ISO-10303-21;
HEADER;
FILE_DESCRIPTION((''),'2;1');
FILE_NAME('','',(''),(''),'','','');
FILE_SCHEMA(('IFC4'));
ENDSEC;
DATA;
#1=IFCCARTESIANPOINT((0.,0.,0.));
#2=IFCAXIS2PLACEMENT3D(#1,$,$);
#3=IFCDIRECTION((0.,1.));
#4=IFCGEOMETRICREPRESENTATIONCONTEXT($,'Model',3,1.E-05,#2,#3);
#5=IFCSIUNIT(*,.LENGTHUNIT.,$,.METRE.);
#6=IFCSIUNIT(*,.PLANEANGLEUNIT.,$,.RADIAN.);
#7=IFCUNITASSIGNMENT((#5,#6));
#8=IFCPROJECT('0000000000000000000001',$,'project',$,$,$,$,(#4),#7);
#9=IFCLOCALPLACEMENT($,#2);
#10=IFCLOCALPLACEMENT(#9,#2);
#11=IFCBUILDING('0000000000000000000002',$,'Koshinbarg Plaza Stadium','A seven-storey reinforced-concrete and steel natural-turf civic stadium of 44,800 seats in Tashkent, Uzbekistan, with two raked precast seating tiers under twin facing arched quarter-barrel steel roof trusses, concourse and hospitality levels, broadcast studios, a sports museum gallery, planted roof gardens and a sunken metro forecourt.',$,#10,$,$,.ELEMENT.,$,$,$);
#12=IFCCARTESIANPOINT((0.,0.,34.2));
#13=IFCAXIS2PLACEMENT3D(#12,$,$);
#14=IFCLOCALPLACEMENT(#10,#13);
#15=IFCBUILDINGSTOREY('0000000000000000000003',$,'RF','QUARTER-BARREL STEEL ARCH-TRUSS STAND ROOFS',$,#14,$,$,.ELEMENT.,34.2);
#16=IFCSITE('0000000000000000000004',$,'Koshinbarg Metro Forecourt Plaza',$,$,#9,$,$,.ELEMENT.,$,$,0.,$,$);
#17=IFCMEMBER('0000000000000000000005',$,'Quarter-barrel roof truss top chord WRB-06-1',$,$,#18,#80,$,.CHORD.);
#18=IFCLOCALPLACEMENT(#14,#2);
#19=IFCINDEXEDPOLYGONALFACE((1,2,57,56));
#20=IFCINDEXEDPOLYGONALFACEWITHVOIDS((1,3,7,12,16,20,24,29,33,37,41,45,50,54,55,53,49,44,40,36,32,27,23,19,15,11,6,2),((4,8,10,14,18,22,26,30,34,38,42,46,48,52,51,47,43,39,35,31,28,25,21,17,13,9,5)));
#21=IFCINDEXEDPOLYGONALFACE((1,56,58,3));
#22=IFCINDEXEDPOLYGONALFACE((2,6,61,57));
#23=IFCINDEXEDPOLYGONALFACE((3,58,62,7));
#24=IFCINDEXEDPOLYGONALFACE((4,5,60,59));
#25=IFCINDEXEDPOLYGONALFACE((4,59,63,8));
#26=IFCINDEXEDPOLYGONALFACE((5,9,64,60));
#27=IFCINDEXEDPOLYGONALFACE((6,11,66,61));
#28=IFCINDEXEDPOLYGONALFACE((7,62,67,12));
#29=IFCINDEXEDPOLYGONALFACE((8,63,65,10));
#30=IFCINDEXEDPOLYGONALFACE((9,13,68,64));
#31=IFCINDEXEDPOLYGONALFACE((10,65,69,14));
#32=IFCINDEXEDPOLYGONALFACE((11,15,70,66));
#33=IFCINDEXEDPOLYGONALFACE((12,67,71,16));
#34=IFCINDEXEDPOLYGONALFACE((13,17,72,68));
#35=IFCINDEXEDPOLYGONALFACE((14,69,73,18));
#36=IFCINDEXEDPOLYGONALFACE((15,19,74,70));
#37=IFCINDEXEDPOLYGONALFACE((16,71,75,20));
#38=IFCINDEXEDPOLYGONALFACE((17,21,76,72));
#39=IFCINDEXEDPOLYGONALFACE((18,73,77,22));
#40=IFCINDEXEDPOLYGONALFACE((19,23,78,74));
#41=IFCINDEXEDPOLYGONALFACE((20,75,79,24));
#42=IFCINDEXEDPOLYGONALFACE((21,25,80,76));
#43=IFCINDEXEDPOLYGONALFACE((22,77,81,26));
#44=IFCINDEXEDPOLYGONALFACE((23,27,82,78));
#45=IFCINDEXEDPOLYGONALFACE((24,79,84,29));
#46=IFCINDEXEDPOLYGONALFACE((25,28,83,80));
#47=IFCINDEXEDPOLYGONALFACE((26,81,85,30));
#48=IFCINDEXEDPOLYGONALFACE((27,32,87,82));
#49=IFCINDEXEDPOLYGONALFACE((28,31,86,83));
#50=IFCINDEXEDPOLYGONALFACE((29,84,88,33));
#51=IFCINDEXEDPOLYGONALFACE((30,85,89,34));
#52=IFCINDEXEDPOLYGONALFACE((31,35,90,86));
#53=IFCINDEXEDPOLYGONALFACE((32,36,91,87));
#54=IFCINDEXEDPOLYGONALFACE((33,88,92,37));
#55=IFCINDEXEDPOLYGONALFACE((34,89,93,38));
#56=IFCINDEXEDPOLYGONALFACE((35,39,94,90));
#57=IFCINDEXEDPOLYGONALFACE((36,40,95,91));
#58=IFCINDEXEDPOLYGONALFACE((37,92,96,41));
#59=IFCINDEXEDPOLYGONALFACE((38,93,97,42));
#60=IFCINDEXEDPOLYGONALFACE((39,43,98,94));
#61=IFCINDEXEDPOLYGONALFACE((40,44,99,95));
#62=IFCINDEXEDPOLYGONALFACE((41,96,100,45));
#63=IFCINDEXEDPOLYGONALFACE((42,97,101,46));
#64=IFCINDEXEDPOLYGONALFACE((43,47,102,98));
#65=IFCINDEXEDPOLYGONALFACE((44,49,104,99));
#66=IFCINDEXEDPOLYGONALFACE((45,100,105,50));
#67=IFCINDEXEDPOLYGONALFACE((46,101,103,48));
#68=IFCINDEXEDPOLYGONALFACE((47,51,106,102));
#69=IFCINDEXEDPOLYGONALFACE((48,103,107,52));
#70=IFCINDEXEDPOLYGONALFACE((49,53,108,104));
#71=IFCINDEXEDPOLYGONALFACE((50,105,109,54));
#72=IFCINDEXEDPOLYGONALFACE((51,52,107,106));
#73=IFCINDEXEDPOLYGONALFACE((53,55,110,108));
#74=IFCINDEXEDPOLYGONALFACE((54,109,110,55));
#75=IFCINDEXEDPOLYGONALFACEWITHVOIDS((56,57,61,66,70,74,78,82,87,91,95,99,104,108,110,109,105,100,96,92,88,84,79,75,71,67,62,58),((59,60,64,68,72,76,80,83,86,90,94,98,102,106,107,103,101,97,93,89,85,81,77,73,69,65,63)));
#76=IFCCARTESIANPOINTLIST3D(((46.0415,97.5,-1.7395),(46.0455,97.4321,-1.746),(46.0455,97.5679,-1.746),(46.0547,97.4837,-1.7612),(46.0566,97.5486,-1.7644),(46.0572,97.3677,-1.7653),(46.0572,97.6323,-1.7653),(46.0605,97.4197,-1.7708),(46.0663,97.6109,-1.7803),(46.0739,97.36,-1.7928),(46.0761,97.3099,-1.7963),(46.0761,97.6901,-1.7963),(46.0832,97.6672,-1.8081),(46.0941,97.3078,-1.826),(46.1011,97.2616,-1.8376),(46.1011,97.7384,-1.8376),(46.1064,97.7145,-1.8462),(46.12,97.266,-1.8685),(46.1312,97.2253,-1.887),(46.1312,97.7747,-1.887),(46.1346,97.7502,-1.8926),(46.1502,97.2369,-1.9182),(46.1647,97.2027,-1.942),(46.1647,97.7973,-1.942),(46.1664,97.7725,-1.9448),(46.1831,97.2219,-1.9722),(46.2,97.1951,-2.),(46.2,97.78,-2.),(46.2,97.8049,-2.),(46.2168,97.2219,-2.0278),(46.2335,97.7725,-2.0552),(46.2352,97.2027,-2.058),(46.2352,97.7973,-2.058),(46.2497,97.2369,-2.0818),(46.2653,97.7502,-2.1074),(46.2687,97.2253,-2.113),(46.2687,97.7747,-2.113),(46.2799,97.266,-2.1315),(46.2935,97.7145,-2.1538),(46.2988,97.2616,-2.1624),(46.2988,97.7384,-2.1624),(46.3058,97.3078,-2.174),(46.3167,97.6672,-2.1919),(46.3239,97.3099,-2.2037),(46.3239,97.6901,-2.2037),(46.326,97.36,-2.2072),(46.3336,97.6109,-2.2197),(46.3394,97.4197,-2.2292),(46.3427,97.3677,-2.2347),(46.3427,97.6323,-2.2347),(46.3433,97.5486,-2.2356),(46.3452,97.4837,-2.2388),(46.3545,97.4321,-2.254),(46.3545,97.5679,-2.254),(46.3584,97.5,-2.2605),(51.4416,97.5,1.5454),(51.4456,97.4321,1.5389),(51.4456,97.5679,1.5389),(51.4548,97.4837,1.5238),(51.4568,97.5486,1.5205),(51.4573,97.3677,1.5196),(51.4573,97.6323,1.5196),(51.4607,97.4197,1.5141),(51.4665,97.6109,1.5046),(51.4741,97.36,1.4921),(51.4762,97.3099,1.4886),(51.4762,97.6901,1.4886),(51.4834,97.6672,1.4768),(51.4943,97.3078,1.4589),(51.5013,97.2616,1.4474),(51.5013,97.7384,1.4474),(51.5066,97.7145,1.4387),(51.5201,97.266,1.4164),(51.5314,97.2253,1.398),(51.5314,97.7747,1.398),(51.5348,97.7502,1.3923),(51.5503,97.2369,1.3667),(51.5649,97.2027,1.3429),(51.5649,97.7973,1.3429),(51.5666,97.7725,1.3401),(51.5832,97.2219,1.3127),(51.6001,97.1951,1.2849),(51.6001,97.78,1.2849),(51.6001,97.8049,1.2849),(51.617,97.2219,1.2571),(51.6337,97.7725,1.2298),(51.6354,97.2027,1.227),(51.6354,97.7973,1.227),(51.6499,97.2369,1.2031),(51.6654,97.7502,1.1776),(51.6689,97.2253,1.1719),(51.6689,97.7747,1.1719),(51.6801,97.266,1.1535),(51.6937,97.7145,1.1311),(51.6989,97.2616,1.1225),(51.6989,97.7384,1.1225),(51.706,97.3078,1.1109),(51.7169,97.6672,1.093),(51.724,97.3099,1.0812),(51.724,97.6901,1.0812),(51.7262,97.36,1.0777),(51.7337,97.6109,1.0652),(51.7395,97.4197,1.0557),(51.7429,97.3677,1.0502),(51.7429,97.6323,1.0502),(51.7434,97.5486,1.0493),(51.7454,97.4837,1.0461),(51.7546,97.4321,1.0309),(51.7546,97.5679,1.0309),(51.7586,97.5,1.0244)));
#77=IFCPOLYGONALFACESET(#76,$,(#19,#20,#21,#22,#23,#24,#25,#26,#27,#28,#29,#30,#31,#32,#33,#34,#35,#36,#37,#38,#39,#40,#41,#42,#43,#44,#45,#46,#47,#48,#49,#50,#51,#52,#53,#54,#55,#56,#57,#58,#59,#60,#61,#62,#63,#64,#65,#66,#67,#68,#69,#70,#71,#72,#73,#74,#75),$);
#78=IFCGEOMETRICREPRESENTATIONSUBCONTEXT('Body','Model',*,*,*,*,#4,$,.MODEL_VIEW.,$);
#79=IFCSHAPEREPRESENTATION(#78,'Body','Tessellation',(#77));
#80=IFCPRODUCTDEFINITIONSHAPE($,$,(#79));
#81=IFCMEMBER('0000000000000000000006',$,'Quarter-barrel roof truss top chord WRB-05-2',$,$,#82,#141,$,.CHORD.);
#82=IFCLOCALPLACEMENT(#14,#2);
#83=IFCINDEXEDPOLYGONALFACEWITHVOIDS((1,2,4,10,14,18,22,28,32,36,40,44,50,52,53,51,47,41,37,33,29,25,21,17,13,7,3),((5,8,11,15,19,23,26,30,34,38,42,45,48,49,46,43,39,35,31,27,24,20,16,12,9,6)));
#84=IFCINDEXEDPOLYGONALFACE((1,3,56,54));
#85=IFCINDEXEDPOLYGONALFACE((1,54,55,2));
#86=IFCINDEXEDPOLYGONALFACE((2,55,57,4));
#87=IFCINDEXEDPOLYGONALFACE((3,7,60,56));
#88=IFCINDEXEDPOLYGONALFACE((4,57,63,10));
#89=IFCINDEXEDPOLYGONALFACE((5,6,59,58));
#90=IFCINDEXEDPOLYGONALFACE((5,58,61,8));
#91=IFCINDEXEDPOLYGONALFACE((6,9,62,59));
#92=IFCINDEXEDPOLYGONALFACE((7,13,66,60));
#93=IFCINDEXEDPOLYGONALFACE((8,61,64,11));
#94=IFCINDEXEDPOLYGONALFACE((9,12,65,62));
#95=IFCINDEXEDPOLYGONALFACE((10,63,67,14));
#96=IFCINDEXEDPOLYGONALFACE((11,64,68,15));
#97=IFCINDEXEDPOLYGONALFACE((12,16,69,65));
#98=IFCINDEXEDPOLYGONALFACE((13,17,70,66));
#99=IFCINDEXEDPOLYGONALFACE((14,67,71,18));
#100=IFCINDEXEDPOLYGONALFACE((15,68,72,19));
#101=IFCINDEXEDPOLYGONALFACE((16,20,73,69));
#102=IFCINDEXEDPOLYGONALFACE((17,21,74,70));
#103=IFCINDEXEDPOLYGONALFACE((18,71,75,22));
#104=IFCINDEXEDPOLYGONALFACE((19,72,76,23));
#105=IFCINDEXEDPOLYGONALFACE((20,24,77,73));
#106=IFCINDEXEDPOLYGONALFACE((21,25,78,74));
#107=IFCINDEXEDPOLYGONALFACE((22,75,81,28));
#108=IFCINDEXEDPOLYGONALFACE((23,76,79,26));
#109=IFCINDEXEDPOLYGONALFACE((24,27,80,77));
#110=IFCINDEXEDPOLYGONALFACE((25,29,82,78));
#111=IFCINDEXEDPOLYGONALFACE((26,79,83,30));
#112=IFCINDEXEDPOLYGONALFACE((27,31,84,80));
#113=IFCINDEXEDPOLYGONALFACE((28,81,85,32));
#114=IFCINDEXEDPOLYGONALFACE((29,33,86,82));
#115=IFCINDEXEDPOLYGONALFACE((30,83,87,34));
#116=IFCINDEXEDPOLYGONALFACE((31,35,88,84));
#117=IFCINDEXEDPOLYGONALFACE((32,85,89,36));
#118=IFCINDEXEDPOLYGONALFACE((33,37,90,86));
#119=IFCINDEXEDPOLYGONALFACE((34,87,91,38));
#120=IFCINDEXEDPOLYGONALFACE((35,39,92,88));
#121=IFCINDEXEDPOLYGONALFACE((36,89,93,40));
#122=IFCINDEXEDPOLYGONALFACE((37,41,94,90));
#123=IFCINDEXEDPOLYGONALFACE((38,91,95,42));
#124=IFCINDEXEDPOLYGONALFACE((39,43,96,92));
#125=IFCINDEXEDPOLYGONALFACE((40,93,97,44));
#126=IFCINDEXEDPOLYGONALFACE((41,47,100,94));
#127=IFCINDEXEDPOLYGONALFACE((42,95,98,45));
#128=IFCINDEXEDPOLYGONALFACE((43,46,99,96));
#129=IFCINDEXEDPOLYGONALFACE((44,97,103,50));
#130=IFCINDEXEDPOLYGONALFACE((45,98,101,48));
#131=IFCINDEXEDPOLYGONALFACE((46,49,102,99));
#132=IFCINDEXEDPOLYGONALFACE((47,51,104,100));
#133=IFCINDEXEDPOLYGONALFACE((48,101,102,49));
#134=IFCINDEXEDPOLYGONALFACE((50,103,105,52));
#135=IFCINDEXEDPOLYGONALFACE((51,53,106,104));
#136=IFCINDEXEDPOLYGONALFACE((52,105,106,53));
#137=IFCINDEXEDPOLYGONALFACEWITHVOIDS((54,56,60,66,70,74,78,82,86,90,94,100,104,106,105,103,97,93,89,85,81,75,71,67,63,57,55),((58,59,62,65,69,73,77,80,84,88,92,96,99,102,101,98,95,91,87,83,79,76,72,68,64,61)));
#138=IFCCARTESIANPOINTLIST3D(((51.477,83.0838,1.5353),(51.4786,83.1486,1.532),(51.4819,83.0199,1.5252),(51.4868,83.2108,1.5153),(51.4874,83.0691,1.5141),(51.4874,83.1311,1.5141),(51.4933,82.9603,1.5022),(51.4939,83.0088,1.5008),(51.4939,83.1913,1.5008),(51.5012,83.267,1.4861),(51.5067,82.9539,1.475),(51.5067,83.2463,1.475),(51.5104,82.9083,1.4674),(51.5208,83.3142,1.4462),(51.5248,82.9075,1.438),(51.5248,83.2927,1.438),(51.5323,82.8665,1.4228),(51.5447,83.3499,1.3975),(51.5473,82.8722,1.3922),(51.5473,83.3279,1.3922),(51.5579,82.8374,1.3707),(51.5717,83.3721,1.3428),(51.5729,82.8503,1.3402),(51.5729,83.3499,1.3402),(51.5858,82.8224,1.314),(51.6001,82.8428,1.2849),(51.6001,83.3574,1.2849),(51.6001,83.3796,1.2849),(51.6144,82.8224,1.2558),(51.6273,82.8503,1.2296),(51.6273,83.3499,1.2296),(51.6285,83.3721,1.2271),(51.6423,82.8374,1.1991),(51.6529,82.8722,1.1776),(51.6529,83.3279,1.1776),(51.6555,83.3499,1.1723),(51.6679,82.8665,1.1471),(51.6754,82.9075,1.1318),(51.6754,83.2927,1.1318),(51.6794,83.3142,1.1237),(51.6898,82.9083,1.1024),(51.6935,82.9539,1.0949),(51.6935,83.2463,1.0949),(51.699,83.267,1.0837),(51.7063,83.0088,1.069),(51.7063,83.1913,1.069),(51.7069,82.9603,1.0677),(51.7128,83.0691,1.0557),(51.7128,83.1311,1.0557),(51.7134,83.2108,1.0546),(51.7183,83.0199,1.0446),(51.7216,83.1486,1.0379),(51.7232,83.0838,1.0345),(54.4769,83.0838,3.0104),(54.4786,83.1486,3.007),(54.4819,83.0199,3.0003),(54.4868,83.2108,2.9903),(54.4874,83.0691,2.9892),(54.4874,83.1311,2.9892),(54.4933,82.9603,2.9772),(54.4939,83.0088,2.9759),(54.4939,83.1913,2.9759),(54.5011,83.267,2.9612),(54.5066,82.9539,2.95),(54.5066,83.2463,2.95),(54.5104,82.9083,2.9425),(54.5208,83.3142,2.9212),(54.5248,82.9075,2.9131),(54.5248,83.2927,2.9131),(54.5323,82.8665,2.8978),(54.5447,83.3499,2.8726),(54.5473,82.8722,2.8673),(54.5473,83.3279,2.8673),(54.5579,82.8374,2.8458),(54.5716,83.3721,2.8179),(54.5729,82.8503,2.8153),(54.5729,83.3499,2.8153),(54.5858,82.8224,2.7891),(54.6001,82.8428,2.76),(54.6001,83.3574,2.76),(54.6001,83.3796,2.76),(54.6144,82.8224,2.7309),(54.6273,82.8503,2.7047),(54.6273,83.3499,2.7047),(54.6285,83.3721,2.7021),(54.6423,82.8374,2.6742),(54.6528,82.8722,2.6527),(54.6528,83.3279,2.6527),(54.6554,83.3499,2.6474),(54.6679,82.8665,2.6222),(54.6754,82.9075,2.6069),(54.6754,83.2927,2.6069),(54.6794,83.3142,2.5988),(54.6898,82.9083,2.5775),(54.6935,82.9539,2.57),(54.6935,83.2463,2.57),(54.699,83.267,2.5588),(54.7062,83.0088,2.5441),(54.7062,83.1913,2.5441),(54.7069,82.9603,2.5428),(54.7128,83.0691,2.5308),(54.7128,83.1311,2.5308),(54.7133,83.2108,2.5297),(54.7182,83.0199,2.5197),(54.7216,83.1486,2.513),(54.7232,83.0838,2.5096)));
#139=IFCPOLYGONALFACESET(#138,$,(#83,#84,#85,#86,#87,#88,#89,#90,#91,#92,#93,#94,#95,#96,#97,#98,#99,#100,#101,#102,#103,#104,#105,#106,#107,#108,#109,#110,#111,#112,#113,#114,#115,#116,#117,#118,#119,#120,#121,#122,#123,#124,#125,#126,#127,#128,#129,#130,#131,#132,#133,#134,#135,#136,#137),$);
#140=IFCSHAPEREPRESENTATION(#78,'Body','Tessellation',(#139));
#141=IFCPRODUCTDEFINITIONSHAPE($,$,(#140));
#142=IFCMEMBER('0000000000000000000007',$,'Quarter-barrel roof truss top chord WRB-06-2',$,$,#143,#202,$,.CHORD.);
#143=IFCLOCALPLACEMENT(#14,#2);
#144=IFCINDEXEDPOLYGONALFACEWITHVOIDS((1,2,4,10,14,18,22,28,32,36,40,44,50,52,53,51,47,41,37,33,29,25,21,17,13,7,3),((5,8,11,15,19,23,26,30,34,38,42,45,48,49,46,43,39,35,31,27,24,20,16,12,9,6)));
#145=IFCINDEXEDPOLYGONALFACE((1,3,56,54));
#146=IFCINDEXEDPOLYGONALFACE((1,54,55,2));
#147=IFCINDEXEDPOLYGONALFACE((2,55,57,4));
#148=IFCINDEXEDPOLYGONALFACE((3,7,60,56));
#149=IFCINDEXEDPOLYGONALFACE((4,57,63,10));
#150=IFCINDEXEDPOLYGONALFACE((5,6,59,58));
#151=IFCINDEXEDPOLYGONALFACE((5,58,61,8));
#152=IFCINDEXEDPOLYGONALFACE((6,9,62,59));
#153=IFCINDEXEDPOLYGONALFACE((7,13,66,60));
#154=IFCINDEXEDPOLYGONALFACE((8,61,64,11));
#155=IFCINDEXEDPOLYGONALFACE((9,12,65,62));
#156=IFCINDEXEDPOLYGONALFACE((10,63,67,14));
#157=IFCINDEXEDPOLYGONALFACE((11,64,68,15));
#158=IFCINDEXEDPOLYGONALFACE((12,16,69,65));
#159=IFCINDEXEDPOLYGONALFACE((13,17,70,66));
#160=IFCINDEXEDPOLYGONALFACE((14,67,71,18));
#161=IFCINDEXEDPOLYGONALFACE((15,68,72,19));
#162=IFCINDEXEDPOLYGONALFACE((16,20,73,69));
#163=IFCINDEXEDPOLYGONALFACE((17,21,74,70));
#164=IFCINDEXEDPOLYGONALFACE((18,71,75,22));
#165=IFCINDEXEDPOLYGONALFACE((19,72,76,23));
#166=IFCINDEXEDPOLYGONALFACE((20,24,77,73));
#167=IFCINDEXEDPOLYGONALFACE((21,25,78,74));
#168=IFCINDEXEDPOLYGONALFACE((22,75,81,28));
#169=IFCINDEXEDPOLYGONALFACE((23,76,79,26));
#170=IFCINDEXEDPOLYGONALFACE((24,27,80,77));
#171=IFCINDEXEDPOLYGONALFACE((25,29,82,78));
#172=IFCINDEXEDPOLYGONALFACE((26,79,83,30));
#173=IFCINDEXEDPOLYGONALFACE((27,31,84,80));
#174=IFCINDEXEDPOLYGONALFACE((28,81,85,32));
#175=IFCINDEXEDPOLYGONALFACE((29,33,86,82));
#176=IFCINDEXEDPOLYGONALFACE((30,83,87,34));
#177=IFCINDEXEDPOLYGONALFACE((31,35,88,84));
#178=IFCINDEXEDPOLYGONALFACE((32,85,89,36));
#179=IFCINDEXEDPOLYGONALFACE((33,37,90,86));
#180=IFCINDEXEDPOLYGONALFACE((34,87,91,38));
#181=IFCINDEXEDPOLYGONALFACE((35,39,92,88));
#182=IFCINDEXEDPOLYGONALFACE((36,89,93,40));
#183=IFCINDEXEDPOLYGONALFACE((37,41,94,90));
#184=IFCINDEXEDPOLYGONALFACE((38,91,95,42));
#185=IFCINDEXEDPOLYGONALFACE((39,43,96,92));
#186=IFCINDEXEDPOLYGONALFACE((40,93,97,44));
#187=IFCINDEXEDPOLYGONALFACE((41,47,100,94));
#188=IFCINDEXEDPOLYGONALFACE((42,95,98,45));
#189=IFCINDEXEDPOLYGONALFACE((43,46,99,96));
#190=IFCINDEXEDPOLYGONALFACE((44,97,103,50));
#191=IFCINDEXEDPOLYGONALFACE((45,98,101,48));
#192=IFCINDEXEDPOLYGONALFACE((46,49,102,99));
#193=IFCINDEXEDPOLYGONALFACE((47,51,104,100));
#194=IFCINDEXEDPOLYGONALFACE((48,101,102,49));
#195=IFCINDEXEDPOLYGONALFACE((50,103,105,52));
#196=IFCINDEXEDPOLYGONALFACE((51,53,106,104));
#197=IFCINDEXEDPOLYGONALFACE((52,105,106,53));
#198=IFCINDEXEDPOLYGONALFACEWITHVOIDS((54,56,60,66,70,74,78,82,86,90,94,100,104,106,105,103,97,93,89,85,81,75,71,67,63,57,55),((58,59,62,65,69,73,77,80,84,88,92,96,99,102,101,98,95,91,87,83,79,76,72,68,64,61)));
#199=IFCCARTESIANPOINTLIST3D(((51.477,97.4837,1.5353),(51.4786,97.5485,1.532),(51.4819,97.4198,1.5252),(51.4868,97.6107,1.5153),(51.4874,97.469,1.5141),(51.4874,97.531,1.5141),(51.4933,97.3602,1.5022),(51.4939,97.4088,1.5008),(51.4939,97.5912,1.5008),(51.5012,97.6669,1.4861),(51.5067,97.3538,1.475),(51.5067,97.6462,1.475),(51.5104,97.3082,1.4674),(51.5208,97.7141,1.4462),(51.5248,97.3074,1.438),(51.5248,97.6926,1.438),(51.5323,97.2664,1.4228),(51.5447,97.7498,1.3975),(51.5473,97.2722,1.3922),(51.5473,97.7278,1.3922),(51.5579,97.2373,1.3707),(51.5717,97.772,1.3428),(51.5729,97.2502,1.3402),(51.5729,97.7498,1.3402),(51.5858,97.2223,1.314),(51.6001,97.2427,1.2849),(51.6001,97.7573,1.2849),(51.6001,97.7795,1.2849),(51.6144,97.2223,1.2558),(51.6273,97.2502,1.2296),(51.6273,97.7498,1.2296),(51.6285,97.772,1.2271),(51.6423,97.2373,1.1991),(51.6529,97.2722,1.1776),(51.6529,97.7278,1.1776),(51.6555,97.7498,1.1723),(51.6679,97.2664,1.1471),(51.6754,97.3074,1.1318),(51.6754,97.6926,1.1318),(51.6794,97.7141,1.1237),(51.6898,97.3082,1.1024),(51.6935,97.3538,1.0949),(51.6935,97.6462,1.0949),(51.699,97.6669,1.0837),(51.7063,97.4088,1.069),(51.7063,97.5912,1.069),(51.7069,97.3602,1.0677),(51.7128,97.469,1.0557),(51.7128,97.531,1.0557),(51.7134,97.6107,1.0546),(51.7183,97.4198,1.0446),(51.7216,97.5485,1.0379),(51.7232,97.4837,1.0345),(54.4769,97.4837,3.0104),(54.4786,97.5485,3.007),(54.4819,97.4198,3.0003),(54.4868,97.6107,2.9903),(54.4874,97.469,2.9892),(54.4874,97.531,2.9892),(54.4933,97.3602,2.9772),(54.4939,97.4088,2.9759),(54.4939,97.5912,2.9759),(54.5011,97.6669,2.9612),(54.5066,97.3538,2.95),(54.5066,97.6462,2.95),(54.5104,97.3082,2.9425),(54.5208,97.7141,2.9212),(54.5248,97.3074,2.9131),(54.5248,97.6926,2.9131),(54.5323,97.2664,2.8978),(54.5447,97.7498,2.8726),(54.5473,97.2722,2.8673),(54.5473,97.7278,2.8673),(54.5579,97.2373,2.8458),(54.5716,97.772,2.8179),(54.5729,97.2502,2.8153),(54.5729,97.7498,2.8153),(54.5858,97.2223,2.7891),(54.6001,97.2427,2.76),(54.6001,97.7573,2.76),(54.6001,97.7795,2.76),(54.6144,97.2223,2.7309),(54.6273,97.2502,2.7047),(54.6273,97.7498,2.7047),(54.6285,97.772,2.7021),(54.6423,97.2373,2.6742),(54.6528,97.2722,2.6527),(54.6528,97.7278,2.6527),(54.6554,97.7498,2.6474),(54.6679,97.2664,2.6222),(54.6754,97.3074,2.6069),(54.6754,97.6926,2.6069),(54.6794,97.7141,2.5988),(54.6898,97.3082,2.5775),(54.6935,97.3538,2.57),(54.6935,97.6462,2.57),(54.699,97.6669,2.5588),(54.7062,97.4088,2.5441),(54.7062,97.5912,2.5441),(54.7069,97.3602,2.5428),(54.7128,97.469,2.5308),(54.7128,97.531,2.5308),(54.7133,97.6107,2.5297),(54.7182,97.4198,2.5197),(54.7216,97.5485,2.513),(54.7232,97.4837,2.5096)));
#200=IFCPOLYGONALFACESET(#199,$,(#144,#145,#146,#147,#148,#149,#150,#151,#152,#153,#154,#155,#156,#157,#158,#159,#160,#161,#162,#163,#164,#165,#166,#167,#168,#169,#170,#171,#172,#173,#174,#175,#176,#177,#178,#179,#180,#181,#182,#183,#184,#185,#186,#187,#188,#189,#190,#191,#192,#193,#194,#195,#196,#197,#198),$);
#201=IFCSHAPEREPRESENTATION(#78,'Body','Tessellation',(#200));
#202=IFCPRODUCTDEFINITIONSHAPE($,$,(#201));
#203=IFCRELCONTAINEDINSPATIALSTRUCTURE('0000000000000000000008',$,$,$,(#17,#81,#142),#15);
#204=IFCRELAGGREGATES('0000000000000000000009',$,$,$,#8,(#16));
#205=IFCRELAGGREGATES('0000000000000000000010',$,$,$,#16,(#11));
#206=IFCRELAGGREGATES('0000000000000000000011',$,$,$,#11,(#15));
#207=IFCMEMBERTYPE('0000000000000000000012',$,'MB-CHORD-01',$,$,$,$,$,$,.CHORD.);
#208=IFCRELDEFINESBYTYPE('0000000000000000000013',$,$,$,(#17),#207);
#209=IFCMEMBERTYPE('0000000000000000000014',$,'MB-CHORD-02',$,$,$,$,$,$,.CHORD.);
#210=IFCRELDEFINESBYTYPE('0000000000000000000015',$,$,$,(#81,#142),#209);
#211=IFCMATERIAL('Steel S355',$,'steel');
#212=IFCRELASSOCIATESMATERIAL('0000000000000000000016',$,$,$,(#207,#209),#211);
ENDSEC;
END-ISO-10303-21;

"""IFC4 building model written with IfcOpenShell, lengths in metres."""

from ifc_helpers import new_model, si_unit, direction, frame, origin, origin_2d, place, context, subcontext, project, spatial, hollow_circle, extrude, material, material_profile, profile_set, type_object, element, save


model = new_model("IFC4")

# Units and contexts
model_context = context("Model", 3, precision=1e-05, world=origin(), true_north=direction((0.0, 1.0)))
body_context = subcontext(model_context, "Body", "Model", "MODEL_VIEW")
ifc_project = project(units=[si_unit("LENGTHUNIT", "METRE"), si_unit("PLANEANGLEUNIT", "RADIAN")], contexts=[model_context])

# Site, building, storey
site_placement = place(None, origin())
site = spatial("IfcSite", under=ifc_project, at=site_placement, Name="Koshinbarg Metro Forecourt Plaza", CompositionType="ELEMENT", RefElevation=0.0)
building_placement = place(site_placement, origin())
building = spatial("IfcBuilding", under=site, at=building_placement, Name="Koshinbarg Plaza Stadium", Description="A seven-storey reinforced-concrete and steel natural-turf civic stadium of 44,800 seats in Tashkent, Uzbekistan, with two raked precast seating tiers under twin facing arched quarter-barrel steel roof trusses, concourse and hospitality levels, broadcast studios, a sports museum gallery, planted roof gardens and a sunken metro forecourt.", CompositionType="ELEMENT")
storey_placement = place(building_placement, frame((0.0, 0.0, 34.2)))
storey = spatial("IfcBuildingStorey", under=building, at=storey_placement, Name="RF", Description="QUARTER-BARREL STEEL ARCH-TRUSS STAND ROOFS", CompositionType="ELEMENT", Elevation=34.2)

# Shared definitions
ifc_material_1 = material(Name="Steel S355", Category="steel")

# Members
ifc_material_profile_1 = material_profile(ifc_material_1, hollow_circle(Radius=0.3049, WallThickness=0.0249, at=origin_2d()), Name="CHS 610x25")
ifc_profile_set_1 = profile_set([ifc_material_profile_1], Name="Steel S355")
member_type_1 = type_object("IfcMemberType", Name="MB-CHORD-01", PredefinedType="CHORD", material=ifc_profile_set_1)
for number, where, z_axis, x_axis, name in (
    (1, (46.2, 97.5, -2.0), (0.854348, 0.0, 0.519701), (0.0, 1.0, 0.0), "Quarter-barrel roof truss top chord WRB-06-1"),
):
    element("IfcMember", number, at=place(storey_placement, frame(where, z_axis=z_axis, x_axis=x_axis)), inside=storey, type_object=member_type_1, Name=name, PredefinedType="CHORD", context=body_context, shape_type="SweptSolid", body=[
        extrude(hollow_circle(Radius=0.3049, WallThickness=0.0249, at=origin_2d()), origin(), (0.0, 0.0, 1.0), 6.3208),
    ])
ifc_material_profile_2 = material_profile(ifc_material_1, hollow_circle(Radius=0.2795, WallThickness=0.0222, at=origin_2d()), Name="CHS 559x22.2")
ifc_profile_set_2 = profile_set([ifc_material_profile_2], Name="Steel S355")
member_type_2 = type_object("IfcMemberType", Name="MB-CHORD-02", PredefinedType="CHORD", material=ifc_profile_set_2)
for number, where, z_axis, x_axis, name in (
    (2, (51.6001, 83.1001, 1.2849), (0.897387, 0.0, 0.441244), (0.0, 1.0, 0.0), "Quarter-barrel roof truss top chord WRB-05-2"),
    (3, (51.6001, 97.5, 1.2849), (0.897387, 0.0, 0.441244), (0.0, 1.0, 0.0), "Quarter-barrel roof truss top chord WRB-06-2"),
):
    element("IfcMember", number, at=place(storey_placement, frame(where, z_axis=z_axis, x_axis=x_axis)), inside=storey, type_object=member_type_2, Name=name, PredefinedType="CHORD", context=body_context, shape_type="SweptSolid", body=[
        extrude(hollow_circle(Radius=0.2795, WallThickness=0.0222, at=origin_2d()), origin(), (0.0, 0.0, 1.0), 3.343),
    ])

save(model, "model.ifc")
